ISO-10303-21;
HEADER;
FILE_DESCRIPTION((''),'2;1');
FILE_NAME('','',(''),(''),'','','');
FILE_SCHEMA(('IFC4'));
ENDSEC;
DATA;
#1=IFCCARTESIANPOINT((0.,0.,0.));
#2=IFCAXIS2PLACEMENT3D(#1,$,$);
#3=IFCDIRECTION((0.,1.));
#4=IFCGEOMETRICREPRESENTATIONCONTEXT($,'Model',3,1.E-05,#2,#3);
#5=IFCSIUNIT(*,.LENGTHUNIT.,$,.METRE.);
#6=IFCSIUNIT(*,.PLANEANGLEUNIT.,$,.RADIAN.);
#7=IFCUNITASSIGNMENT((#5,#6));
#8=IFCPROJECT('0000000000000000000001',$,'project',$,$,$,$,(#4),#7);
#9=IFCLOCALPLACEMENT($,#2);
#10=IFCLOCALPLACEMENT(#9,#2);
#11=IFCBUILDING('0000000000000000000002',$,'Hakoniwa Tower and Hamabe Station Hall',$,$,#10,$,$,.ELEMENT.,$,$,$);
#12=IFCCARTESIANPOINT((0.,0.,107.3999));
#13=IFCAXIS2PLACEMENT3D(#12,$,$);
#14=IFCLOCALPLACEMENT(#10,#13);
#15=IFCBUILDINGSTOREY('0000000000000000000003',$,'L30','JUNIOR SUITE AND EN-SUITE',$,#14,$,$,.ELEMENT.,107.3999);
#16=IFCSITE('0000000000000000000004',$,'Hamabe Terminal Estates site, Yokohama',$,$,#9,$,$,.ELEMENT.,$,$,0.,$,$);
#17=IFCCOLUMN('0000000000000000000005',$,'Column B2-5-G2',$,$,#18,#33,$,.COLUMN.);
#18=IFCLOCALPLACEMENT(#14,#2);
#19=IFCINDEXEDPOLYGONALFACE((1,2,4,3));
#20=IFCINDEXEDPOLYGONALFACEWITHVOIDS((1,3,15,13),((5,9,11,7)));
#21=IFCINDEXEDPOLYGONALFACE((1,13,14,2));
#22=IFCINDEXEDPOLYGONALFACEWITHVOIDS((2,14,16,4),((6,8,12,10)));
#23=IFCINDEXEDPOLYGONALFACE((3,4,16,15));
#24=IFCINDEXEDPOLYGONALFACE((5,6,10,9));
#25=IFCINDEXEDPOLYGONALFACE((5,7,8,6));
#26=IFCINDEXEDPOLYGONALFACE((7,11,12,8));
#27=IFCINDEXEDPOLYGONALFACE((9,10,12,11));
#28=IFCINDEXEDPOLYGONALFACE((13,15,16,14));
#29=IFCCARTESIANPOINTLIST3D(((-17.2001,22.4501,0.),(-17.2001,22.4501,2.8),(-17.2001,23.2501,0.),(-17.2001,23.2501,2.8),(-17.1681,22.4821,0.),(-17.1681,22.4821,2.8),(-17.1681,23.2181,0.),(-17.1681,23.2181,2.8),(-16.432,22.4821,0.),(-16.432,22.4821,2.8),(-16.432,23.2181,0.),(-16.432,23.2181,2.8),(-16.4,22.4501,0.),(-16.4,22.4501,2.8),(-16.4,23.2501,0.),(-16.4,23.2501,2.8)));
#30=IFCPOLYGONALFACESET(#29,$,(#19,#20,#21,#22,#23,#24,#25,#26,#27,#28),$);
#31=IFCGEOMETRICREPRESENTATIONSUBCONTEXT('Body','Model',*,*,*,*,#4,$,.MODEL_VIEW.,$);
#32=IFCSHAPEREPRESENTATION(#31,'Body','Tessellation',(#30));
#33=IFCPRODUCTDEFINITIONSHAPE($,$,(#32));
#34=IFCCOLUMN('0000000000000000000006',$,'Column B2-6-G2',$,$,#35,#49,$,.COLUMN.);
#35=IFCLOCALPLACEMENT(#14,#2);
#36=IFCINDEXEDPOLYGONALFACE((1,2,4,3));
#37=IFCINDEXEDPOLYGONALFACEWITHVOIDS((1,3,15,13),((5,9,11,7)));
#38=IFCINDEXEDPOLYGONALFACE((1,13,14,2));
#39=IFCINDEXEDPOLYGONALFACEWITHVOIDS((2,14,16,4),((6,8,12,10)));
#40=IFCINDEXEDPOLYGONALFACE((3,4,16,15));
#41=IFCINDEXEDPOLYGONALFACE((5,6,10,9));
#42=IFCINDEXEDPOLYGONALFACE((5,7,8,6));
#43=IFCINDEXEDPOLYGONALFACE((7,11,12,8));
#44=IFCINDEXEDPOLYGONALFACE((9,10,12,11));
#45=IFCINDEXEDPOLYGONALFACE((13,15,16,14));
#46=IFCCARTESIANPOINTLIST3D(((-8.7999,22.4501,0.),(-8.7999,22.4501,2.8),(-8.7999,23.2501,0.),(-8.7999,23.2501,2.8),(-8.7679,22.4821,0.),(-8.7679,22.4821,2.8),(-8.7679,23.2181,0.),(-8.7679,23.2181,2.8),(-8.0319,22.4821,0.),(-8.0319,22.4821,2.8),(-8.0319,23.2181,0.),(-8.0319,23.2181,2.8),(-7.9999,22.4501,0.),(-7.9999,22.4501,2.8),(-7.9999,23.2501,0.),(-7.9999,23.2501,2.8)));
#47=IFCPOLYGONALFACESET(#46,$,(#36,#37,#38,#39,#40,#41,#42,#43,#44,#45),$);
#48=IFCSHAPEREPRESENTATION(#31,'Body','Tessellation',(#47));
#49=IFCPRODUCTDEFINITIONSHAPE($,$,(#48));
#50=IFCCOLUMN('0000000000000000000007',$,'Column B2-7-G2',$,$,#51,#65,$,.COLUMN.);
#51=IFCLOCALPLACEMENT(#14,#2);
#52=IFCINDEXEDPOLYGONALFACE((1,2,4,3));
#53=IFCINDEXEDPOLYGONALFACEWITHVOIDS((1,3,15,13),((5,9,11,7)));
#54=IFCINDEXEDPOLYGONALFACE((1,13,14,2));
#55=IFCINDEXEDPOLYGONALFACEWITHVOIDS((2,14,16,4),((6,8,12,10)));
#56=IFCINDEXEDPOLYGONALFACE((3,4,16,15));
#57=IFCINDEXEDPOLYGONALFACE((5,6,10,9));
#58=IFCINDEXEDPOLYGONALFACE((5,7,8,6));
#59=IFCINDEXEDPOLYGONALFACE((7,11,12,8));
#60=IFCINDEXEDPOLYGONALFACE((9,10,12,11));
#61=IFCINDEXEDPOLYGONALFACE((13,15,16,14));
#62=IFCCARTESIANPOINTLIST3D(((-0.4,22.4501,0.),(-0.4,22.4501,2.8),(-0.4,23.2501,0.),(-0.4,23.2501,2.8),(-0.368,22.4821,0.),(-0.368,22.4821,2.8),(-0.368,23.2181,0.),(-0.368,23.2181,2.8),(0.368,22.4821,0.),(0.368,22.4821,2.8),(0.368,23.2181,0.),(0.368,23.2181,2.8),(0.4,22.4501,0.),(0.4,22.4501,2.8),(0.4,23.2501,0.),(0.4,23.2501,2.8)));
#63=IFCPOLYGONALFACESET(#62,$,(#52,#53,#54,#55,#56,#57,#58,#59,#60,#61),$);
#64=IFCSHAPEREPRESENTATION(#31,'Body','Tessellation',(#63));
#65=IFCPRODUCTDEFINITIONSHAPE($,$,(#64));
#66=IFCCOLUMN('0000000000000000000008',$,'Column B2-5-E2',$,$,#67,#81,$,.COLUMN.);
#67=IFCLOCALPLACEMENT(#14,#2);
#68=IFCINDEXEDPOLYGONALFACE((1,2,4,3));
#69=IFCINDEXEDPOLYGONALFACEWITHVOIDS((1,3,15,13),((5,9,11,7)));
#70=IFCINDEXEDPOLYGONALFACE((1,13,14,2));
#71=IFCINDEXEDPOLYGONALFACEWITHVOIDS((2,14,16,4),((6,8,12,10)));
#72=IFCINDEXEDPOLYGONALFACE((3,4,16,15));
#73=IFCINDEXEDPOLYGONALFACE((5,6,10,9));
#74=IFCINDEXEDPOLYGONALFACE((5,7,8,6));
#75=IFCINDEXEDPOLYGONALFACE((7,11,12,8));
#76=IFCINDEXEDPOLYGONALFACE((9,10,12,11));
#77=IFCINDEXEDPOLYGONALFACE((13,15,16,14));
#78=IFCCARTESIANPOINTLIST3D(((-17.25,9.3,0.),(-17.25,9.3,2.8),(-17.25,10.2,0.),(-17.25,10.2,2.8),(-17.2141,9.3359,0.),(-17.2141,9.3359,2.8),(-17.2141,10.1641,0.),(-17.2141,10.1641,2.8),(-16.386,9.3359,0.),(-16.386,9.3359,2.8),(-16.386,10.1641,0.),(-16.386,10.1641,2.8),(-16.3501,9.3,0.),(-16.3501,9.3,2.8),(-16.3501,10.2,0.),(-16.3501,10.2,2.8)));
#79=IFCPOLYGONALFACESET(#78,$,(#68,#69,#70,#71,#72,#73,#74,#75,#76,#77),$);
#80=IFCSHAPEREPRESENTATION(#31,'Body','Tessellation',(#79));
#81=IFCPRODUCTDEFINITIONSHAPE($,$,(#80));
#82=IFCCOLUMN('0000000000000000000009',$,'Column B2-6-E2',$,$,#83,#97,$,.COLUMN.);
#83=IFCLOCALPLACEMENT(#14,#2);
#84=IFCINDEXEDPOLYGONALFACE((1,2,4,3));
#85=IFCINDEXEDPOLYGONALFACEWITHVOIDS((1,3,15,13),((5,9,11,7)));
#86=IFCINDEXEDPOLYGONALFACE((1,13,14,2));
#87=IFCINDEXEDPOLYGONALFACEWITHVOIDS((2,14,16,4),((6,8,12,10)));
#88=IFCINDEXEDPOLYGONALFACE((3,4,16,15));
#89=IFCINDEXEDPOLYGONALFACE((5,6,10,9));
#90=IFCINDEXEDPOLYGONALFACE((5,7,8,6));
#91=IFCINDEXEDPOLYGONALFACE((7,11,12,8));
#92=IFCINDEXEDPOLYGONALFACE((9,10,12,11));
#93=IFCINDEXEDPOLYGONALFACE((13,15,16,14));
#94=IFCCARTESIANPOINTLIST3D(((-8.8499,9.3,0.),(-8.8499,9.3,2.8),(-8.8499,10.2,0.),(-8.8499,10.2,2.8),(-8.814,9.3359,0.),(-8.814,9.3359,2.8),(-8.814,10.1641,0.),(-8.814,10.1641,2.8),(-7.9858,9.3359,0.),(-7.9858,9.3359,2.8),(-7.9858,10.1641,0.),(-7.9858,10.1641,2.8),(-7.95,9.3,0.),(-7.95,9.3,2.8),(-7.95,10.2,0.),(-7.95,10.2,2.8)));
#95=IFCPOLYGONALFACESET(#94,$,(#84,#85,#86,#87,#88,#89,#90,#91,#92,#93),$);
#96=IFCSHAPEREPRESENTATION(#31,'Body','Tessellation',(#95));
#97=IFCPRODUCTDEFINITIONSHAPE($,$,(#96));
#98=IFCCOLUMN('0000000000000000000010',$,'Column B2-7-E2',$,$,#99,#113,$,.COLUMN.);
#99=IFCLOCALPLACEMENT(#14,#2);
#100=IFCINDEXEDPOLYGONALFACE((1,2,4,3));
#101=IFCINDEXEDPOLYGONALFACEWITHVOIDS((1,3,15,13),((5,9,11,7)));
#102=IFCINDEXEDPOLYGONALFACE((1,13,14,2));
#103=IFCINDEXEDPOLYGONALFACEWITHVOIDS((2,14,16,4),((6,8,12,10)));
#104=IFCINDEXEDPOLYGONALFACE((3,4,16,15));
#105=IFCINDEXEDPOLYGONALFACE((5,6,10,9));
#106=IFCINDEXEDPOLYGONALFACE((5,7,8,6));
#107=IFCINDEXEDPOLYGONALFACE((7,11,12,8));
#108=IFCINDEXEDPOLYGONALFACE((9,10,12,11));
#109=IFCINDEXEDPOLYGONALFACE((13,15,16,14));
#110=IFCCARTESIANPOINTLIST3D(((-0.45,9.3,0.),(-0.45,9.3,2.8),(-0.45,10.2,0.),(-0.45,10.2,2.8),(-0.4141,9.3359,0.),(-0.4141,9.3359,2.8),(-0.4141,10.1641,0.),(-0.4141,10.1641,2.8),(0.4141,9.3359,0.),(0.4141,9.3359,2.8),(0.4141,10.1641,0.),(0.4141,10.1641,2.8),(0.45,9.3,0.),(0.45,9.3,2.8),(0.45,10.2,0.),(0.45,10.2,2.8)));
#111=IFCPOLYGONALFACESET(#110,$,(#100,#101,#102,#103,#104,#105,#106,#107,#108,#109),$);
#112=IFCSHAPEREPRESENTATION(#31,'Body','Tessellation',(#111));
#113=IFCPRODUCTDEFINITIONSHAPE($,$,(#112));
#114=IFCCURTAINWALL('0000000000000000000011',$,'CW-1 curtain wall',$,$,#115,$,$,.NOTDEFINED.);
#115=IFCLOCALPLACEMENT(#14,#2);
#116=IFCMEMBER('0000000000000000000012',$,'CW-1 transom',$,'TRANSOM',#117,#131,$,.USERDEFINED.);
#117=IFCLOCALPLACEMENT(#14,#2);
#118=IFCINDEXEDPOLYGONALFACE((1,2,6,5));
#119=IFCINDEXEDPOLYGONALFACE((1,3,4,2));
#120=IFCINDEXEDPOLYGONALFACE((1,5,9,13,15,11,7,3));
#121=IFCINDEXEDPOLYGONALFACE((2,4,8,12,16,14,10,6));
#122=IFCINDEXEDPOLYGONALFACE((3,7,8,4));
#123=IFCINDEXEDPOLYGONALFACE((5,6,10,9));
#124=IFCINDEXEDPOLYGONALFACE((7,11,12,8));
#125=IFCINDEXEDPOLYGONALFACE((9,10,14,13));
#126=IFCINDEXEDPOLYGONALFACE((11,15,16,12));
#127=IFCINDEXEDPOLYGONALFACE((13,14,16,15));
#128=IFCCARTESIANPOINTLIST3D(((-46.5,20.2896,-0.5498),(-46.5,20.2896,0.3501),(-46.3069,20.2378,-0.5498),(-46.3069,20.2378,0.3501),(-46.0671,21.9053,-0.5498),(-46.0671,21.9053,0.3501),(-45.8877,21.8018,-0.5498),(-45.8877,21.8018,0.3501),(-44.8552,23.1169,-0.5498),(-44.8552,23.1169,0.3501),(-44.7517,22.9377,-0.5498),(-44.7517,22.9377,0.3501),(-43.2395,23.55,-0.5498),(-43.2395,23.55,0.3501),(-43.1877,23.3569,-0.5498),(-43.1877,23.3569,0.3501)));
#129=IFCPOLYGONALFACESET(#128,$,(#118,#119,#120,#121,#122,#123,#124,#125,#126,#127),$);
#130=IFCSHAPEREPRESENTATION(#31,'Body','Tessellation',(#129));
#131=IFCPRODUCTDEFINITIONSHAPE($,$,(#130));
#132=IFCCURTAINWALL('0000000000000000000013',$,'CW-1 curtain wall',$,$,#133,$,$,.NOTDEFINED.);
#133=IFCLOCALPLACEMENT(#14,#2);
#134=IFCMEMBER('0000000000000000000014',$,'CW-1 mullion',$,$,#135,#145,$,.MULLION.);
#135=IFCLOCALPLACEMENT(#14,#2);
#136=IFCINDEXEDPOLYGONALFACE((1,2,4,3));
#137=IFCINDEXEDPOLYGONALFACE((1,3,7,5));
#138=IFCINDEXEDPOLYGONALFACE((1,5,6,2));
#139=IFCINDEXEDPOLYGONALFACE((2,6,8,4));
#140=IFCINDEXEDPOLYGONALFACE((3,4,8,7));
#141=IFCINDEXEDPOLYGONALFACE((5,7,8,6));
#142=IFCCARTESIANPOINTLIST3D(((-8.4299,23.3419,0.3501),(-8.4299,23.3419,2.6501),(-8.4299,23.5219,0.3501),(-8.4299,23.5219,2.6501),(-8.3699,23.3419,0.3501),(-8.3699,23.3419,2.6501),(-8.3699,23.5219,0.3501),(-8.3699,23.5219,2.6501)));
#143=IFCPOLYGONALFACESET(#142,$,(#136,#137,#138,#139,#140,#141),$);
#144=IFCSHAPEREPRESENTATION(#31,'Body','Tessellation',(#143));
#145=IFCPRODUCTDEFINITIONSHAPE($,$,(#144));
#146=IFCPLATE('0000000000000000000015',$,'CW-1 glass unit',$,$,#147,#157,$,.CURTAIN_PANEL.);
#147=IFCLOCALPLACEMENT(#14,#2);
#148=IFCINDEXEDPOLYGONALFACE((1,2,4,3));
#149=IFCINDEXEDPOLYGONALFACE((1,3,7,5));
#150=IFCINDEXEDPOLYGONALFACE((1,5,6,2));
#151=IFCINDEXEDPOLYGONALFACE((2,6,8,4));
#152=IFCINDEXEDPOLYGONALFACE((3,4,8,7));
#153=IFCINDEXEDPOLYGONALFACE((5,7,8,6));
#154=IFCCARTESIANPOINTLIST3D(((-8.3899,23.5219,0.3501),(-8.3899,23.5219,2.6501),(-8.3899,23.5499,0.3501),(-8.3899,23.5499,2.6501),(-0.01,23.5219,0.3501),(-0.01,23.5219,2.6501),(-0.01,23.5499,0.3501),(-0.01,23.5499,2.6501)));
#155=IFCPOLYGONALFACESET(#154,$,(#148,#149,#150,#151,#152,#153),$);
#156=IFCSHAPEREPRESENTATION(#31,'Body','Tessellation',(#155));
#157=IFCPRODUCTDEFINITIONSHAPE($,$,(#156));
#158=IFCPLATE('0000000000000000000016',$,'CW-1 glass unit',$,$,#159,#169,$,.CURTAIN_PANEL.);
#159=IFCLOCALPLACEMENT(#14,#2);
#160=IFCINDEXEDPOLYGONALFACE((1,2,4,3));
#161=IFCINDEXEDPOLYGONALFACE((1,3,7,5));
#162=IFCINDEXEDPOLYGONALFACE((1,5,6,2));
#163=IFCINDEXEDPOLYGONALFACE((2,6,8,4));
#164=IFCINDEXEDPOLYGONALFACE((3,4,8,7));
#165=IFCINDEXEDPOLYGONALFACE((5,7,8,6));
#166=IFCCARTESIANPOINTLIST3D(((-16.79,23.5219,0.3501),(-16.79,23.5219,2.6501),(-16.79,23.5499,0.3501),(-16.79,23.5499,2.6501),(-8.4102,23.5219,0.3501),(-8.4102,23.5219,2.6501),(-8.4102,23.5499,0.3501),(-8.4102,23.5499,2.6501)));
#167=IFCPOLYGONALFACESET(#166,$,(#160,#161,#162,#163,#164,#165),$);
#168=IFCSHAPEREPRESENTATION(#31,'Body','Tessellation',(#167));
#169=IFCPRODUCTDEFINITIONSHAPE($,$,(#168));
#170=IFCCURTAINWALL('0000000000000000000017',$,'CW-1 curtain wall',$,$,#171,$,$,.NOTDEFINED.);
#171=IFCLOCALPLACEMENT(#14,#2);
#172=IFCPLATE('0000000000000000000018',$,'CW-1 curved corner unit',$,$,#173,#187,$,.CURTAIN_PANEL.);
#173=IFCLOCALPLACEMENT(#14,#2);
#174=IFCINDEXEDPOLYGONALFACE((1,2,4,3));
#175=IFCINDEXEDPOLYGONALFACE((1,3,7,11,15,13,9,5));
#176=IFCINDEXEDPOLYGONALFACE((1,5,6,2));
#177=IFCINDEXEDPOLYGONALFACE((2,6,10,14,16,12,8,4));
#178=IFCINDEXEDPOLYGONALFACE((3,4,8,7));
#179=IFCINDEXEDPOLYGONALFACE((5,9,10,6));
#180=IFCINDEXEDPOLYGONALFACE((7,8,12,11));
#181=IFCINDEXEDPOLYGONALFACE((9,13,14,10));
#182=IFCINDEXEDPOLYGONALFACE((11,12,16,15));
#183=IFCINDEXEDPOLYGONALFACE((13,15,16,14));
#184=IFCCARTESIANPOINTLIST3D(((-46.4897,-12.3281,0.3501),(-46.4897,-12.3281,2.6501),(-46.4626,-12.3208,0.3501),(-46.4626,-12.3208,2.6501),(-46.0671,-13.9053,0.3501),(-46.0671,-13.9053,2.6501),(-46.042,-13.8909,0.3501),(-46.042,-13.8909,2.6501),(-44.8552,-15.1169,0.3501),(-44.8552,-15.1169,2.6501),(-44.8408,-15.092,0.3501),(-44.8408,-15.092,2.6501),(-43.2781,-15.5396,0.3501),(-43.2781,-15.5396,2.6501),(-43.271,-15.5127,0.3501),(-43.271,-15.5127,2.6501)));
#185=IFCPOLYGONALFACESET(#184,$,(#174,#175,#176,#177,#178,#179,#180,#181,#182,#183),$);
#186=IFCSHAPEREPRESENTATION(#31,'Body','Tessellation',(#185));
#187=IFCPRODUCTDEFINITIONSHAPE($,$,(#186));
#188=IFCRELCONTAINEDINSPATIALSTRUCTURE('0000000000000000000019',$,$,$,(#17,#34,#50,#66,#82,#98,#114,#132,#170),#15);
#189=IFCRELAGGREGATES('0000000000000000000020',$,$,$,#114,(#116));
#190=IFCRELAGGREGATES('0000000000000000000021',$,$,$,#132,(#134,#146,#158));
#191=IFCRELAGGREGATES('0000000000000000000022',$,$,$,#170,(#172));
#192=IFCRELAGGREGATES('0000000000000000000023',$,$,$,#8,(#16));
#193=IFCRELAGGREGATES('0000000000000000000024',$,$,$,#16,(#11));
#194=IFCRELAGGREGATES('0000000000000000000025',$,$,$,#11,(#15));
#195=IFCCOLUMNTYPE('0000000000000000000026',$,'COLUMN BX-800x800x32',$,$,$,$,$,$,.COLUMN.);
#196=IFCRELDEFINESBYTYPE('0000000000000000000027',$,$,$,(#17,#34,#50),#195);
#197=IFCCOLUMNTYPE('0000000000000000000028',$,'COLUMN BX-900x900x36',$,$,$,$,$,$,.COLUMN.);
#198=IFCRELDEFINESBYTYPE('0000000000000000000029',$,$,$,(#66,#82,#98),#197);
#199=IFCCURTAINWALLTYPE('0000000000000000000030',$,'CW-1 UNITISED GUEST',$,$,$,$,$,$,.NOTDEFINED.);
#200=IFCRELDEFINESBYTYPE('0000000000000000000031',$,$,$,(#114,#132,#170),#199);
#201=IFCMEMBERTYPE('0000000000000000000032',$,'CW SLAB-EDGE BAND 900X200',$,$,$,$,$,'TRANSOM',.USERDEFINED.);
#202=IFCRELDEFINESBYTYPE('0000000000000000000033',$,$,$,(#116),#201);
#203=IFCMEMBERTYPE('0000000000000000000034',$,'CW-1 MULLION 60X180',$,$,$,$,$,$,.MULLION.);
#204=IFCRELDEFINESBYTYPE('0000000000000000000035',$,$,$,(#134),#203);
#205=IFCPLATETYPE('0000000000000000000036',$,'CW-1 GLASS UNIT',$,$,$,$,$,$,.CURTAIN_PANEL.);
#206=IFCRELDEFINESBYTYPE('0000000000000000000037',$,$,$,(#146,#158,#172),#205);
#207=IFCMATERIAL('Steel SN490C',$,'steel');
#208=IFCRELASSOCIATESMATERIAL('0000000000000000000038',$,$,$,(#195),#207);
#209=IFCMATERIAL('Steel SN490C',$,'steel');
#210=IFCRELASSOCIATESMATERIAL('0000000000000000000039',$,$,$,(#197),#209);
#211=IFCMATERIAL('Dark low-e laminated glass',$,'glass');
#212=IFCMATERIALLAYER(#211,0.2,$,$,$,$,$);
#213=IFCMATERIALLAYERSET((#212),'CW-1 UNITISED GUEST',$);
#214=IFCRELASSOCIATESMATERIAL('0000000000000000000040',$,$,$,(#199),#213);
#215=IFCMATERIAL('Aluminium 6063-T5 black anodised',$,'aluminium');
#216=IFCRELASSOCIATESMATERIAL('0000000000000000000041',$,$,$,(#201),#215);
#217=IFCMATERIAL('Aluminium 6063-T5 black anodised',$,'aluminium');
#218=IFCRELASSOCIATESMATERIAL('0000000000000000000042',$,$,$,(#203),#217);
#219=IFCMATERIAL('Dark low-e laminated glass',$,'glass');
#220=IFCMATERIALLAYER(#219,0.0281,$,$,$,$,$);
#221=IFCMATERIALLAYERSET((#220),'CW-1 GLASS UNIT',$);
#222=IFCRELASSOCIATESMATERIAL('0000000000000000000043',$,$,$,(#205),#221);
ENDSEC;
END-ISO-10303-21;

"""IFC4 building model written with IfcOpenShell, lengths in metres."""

from ifc_helpers import new_model, si_unit, direction, frame, origin, origin_2d, place, context, subcontext, project, spatial, polyline, rectangle, hollow_rectangle, outline, extrude, material, layer, layer_set, material_profile, profile_set, type_object, element, aggregate, save


model = new_model("IFC4")

# Units and contexts
model_context = context("Model", 3, precision=1e-05, world=origin(), true_north=direction((0.0, 1.0)))
body_context = subcontext(model_context, "Body", "Model", "MODEL_VIEW")
ifc_project = project(units=[si_unit("LENGTHUNIT", "METRE"), si_unit("PLANEANGLEUNIT", "RADIAN")], contexts=[model_context])

# Site, building, storey
site_placement = place(None, origin())
site = spatial("IfcSite", under=ifc_project, at=site_placement, Name="Hamabe Terminal Estates site, Yokohama", CompositionType="ELEMENT", RefElevation=0.0)
building_placement = place(site_placement, origin())
building = spatial("IfcBuilding", under=site, at=building_placement, Name="Hakoniwa Tower and Hamabe Station Hall", CompositionType="ELEMENT")
storey_placement = place(building_placement, frame((0.0, 0.0, 107.3999)))
storey = spatial("IfcBuildingStorey", under=building, at=storey_placement, Name="L30", Description="JUNIOR SUITE AND EN-SUITE", CompositionType="ELEMENT", Elevation=107.3999)

# Columns
ifc_material_1 = material(Name="Steel SN490C", Category="steel")
ifc_material_profile_1 = material_profile(ifc_material_1, hollow_rectangle(XDim=0.8, YDim=0.8, WallThickness=0.032, at=origin_2d()), Name="BX-800x800x32")
ifc_profile_set_1 = profile_set([ifc_material_profile_1], Name="Steel SN490C")
column_type_1 = type_object("IfcColumnType", Name="COLUMN BX-800x800x32", PredefinedType="COLUMN", material=ifc_profile_set_1)
for number, where, z_axis, x_axis, name in (
    (1, (-16.8, 22.8501, 0.0), (0.0, 0.0, 1.0), (1.0, 0.0, 0.0), "Column B2-5-G2"),
    (2, (-8.3999, 22.8501, 0.0), (0.0, 0.0, 1.0), (1.0, 0.0, 0.0), "Column B2-6-G2"),
    (3, (0.0, 22.8501, 0.0), (0.0, 0.0, 1.0), (1.0, 0.0, 0.0), "Column B2-7-G2"),
):
    element("IfcColumn", number, at=place(storey_placement, frame(where, z_axis=z_axis, x_axis=x_axis)), inside=storey, type_object=column_type_1, Name=name, PredefinedType="COLUMN", context=body_context, shape_type="SweptSolid", body=[
        extrude(hollow_rectangle(XDim=0.8, YDim=0.8, WallThickness=0.032, at=origin_2d()), origin(), (0.0, 0.0, 1.0), 2.8),
    ])
ifc_material_2 = material(Name="Steel SN490C", Category="steel")
ifc_material_profile_2 = material_profile(ifc_material_2, hollow_rectangle(XDim=0.8999, YDim=0.8999, WallThickness=0.0359, at=origin_2d()), Name="BX-900x900x36")
ifc_profile_set_2 = profile_set([ifc_material_profile_2], Name="Steel SN490C")
column_type_2 = type_object("IfcColumnType", Name="COLUMN BX-900x900x36", PredefinedType="COLUMN", material=ifc_profile_set_2)
for number, where, z_axis, x_axis, name in (
    (4, (-16.8, 9.75, 0.0), (0.0, 0.0, 1.0), (1.0, 0.0, 0.0), "Column B2-5-E2"),
    (5, (-8.3999, 9.75, 0.0), (0.0, 0.0, 1.0), (1.0, 0.0, 0.0), "Column B2-6-E2"),
    (6, (0.0, 9.75, 0.0), (0.0, 0.0, 1.0), (1.0, 0.0, 0.0), "Column B2-7-E2"),
):
    element("IfcColumn", number, at=place(storey_placement, frame(where, z_axis=z_axis, x_axis=x_axis)), inside=storey, type_object=column_type_2, Name=name, PredefinedType="COLUMN", context=body_context, shape_type="SweptSolid", body=[
        extrude(hollow_rectangle(XDim=0.8999, YDim=0.8999, WallThickness=0.0359, at=origin_2d()), origin(), (0.0, 0.0, 1.0), 2.8),
    ])

# Curtain wall, member
ifc_material_3 = material(Name="Dark low-e laminated glass", Category="glass")
ifc_layer_1 = layer(ifc_material_3, 0.2)
ifc_layer_set_1 = layer_set([ifc_layer_1], Name="CW-1 UNITISED GUEST")
curtain_wall_type = type_object("IfcCurtainWallType", Name="CW-1 UNITISED GUEST", PredefinedType="NOTDEFINED", material=ifc_layer_set_1)
curtain_wall_1_placement = place(storey_placement, origin())
curtain_wall_1 = element("IfcCurtainWall", 7, at=curtain_wall_1_placement, inside=storey, type_object=curtain_wall_type, Name="CW-1 curtain wall", PredefinedType="NOTDEFINED")
ifc_material_4 = material(Name="Aluminium 6063-T5 black anodised", Category="aluminium")
ifc_material_profile_3 = material_profile(ifc_material_4, rectangle(XDim=0.2, YDim=0.8999, at=origin_2d()), Name="CW SLAB-EDGE BAND 900X200")
ifc_profile_set_3 = profile_set([ifc_material_profile_3], Name="Aluminium 6063-T5 black anodised")
member_type_1 = type_object("IfcMemberType", Name="CW SLAB-EDGE BAND 900X200", ElementType="TRANSOM", PredefinedType="USERDEFINED", material=ifc_profile_set_3)
member_1_placement = place(storey_placement, frame((0.0, 0.0, -0.5498)))
member_1 = element("IfcMember", 8, at=member_1_placement, type_object=member_type_1, Name="CW-1 transom", ObjectType="TRANSOM", PredefinedType="USERDEFINED", context=body_context, shape_type="SweptSolid", body=[
    extrude(outline(polyline([(-43.2395, 23.55), (-44.8552, 23.1169), (-46.0671, 21.9053), (-46.5, 20.2896), (-46.3069, 20.2378), (-45.8877, 21.8018), (-44.7517, 22.9377), (-43.1877, 23.3569), (-43.2395, 23.55)])), origin(), (0.0, 0.0, 1.0), 0.8999),
])
aggregate(curtain_wall_1, [member_1])

# Curtain wall, member, plates
curtain_wall_2_placement = place(storey_placement, origin())
curtain_wall_2 = element("IfcCurtainWall", 9, at=curtain_wall_2_placement, inside=storey, type_object=curtain_wall_type, Name="CW-1 curtain wall", PredefinedType="NOTDEFINED")
ifc_material_5 = material(Name="Aluminium 6063-T5 black anodised", Category="aluminium")
ifc_material_profile_4 = material_profile(ifc_material_5, rectangle(XDim=0.0601, YDim=0.1799, at=origin_2d()), Name="CW-1 MULLION 60X180")
ifc_profile_set_4 = profile_set([ifc_material_profile_4], Name="Aluminium 6063-T5 black anodised")
member_type_2 = type_object("IfcMemberType", Name="CW-1 MULLION 60X180", PredefinedType="MULLION", material=ifc_profile_set_4)
member_2_placement = place(storey_placement, frame((-8.3999, 23.4319, 0.3501), z_axis=(0.0, 0.0, 1.0), x_axis=(-1.0, 0.0, 0.0)))
member_2 = element("IfcMember", 10, at=member_2_placement, type_object=member_type_2, Name="CW-1 mullion", PredefinedType="MULLION", context=body_context, shape_type="SweptSolid", body=[
    extrude(rectangle(XDim=0.0601, YDim=0.1799, at=origin_2d()), origin(), (0.0, 0.0, 1.0), 2.3),
])
ifc_material_6 = material(Name="Dark low-e laminated glass", Category="glass")
ifc_layer_2 = layer(ifc_material_6, 0.0281)
ifc_layer_set_2 = layer_set([ifc_layer_2], Name="CW-1 GLASS UNIT")
plate_type = type_object("IfcPlateType", Name="CW-1 GLASS UNIT", PredefinedType="CURTAIN_PANEL", material=ifc_layer_set_2)
plate_1_placement = place(storey_placement, frame((-4.2, 23.5359, 0.3501), z_axis=(0.0, 0.0, 1.0), x_axis=(-1.0, 0.0, 0.0)))
plate_1 = element("IfcPlate", 11, at=plate_1_placement, type_object=plate_type, Name="CW-1 glass unit", PredefinedType="CURTAIN_PANEL", context=body_context, shape_type="SweptSolid", body=[
    extrude(rectangle(XDim=8.3799, YDim=0.0281, at=origin_2d()), origin(), (0.0, 0.0, 1.0), 2.3),
])
plate_2_placement = place(storey_placement, frame((-12.6001, 23.5359, 0.3501), z_axis=(0.0, 0.0, 1.0), x_axis=(-1.0, 0.0, 0.0)))
plate_2 = element("IfcPlate", 12, at=plate_2_placement, type_object=plate_type, Name="CW-1 glass unit", PredefinedType="CURTAIN_PANEL", context=body_context, shape_type="SweptSolid", body=[
    extrude(rectangle(XDim=8.3799, YDim=0.0281, at=origin_2d()), origin(), (0.0, 0.0, 1.0), 2.3),
])
aggregate(curtain_wall_2, [member_2, plate_1, plate_2])

# Curtain wall, plate
curtain_wall_3_placement = place(storey_placement, origin())
curtain_wall_3 = element("IfcCurtainWall", 13, at=curtain_wall_3_placement, inside=storey, type_object=curtain_wall_type, Name="CW-1 curtain wall", PredefinedType="NOTDEFINED")
plate_3_placement = place(storey_placement, frame((0.0, 0.0, 0.3501)))
plate_3 = element("IfcPlate", 14, at=plate_3_placement, type_object=plate_type, Name="CW-1 curved corner unit", PredefinedType="CURTAIN_PANEL", context=body_context, shape_type="SweptSolid", body=[
    extrude(outline(polyline([(-46.4897, -12.3281), (-46.0671, -13.9053), (-44.8552, -15.1169), (-43.2781, -15.5396), (-43.271, -15.5127), (-44.8408, -15.092), (-46.042, -13.8909), (-46.4626, -12.3208), (-46.4897, -12.3281)])), origin(), (0.0, 0.0, 1.0), 2.3),
])
aggregate(curtain_wall_3, [plate_3])

save(model, "model.ifc")
